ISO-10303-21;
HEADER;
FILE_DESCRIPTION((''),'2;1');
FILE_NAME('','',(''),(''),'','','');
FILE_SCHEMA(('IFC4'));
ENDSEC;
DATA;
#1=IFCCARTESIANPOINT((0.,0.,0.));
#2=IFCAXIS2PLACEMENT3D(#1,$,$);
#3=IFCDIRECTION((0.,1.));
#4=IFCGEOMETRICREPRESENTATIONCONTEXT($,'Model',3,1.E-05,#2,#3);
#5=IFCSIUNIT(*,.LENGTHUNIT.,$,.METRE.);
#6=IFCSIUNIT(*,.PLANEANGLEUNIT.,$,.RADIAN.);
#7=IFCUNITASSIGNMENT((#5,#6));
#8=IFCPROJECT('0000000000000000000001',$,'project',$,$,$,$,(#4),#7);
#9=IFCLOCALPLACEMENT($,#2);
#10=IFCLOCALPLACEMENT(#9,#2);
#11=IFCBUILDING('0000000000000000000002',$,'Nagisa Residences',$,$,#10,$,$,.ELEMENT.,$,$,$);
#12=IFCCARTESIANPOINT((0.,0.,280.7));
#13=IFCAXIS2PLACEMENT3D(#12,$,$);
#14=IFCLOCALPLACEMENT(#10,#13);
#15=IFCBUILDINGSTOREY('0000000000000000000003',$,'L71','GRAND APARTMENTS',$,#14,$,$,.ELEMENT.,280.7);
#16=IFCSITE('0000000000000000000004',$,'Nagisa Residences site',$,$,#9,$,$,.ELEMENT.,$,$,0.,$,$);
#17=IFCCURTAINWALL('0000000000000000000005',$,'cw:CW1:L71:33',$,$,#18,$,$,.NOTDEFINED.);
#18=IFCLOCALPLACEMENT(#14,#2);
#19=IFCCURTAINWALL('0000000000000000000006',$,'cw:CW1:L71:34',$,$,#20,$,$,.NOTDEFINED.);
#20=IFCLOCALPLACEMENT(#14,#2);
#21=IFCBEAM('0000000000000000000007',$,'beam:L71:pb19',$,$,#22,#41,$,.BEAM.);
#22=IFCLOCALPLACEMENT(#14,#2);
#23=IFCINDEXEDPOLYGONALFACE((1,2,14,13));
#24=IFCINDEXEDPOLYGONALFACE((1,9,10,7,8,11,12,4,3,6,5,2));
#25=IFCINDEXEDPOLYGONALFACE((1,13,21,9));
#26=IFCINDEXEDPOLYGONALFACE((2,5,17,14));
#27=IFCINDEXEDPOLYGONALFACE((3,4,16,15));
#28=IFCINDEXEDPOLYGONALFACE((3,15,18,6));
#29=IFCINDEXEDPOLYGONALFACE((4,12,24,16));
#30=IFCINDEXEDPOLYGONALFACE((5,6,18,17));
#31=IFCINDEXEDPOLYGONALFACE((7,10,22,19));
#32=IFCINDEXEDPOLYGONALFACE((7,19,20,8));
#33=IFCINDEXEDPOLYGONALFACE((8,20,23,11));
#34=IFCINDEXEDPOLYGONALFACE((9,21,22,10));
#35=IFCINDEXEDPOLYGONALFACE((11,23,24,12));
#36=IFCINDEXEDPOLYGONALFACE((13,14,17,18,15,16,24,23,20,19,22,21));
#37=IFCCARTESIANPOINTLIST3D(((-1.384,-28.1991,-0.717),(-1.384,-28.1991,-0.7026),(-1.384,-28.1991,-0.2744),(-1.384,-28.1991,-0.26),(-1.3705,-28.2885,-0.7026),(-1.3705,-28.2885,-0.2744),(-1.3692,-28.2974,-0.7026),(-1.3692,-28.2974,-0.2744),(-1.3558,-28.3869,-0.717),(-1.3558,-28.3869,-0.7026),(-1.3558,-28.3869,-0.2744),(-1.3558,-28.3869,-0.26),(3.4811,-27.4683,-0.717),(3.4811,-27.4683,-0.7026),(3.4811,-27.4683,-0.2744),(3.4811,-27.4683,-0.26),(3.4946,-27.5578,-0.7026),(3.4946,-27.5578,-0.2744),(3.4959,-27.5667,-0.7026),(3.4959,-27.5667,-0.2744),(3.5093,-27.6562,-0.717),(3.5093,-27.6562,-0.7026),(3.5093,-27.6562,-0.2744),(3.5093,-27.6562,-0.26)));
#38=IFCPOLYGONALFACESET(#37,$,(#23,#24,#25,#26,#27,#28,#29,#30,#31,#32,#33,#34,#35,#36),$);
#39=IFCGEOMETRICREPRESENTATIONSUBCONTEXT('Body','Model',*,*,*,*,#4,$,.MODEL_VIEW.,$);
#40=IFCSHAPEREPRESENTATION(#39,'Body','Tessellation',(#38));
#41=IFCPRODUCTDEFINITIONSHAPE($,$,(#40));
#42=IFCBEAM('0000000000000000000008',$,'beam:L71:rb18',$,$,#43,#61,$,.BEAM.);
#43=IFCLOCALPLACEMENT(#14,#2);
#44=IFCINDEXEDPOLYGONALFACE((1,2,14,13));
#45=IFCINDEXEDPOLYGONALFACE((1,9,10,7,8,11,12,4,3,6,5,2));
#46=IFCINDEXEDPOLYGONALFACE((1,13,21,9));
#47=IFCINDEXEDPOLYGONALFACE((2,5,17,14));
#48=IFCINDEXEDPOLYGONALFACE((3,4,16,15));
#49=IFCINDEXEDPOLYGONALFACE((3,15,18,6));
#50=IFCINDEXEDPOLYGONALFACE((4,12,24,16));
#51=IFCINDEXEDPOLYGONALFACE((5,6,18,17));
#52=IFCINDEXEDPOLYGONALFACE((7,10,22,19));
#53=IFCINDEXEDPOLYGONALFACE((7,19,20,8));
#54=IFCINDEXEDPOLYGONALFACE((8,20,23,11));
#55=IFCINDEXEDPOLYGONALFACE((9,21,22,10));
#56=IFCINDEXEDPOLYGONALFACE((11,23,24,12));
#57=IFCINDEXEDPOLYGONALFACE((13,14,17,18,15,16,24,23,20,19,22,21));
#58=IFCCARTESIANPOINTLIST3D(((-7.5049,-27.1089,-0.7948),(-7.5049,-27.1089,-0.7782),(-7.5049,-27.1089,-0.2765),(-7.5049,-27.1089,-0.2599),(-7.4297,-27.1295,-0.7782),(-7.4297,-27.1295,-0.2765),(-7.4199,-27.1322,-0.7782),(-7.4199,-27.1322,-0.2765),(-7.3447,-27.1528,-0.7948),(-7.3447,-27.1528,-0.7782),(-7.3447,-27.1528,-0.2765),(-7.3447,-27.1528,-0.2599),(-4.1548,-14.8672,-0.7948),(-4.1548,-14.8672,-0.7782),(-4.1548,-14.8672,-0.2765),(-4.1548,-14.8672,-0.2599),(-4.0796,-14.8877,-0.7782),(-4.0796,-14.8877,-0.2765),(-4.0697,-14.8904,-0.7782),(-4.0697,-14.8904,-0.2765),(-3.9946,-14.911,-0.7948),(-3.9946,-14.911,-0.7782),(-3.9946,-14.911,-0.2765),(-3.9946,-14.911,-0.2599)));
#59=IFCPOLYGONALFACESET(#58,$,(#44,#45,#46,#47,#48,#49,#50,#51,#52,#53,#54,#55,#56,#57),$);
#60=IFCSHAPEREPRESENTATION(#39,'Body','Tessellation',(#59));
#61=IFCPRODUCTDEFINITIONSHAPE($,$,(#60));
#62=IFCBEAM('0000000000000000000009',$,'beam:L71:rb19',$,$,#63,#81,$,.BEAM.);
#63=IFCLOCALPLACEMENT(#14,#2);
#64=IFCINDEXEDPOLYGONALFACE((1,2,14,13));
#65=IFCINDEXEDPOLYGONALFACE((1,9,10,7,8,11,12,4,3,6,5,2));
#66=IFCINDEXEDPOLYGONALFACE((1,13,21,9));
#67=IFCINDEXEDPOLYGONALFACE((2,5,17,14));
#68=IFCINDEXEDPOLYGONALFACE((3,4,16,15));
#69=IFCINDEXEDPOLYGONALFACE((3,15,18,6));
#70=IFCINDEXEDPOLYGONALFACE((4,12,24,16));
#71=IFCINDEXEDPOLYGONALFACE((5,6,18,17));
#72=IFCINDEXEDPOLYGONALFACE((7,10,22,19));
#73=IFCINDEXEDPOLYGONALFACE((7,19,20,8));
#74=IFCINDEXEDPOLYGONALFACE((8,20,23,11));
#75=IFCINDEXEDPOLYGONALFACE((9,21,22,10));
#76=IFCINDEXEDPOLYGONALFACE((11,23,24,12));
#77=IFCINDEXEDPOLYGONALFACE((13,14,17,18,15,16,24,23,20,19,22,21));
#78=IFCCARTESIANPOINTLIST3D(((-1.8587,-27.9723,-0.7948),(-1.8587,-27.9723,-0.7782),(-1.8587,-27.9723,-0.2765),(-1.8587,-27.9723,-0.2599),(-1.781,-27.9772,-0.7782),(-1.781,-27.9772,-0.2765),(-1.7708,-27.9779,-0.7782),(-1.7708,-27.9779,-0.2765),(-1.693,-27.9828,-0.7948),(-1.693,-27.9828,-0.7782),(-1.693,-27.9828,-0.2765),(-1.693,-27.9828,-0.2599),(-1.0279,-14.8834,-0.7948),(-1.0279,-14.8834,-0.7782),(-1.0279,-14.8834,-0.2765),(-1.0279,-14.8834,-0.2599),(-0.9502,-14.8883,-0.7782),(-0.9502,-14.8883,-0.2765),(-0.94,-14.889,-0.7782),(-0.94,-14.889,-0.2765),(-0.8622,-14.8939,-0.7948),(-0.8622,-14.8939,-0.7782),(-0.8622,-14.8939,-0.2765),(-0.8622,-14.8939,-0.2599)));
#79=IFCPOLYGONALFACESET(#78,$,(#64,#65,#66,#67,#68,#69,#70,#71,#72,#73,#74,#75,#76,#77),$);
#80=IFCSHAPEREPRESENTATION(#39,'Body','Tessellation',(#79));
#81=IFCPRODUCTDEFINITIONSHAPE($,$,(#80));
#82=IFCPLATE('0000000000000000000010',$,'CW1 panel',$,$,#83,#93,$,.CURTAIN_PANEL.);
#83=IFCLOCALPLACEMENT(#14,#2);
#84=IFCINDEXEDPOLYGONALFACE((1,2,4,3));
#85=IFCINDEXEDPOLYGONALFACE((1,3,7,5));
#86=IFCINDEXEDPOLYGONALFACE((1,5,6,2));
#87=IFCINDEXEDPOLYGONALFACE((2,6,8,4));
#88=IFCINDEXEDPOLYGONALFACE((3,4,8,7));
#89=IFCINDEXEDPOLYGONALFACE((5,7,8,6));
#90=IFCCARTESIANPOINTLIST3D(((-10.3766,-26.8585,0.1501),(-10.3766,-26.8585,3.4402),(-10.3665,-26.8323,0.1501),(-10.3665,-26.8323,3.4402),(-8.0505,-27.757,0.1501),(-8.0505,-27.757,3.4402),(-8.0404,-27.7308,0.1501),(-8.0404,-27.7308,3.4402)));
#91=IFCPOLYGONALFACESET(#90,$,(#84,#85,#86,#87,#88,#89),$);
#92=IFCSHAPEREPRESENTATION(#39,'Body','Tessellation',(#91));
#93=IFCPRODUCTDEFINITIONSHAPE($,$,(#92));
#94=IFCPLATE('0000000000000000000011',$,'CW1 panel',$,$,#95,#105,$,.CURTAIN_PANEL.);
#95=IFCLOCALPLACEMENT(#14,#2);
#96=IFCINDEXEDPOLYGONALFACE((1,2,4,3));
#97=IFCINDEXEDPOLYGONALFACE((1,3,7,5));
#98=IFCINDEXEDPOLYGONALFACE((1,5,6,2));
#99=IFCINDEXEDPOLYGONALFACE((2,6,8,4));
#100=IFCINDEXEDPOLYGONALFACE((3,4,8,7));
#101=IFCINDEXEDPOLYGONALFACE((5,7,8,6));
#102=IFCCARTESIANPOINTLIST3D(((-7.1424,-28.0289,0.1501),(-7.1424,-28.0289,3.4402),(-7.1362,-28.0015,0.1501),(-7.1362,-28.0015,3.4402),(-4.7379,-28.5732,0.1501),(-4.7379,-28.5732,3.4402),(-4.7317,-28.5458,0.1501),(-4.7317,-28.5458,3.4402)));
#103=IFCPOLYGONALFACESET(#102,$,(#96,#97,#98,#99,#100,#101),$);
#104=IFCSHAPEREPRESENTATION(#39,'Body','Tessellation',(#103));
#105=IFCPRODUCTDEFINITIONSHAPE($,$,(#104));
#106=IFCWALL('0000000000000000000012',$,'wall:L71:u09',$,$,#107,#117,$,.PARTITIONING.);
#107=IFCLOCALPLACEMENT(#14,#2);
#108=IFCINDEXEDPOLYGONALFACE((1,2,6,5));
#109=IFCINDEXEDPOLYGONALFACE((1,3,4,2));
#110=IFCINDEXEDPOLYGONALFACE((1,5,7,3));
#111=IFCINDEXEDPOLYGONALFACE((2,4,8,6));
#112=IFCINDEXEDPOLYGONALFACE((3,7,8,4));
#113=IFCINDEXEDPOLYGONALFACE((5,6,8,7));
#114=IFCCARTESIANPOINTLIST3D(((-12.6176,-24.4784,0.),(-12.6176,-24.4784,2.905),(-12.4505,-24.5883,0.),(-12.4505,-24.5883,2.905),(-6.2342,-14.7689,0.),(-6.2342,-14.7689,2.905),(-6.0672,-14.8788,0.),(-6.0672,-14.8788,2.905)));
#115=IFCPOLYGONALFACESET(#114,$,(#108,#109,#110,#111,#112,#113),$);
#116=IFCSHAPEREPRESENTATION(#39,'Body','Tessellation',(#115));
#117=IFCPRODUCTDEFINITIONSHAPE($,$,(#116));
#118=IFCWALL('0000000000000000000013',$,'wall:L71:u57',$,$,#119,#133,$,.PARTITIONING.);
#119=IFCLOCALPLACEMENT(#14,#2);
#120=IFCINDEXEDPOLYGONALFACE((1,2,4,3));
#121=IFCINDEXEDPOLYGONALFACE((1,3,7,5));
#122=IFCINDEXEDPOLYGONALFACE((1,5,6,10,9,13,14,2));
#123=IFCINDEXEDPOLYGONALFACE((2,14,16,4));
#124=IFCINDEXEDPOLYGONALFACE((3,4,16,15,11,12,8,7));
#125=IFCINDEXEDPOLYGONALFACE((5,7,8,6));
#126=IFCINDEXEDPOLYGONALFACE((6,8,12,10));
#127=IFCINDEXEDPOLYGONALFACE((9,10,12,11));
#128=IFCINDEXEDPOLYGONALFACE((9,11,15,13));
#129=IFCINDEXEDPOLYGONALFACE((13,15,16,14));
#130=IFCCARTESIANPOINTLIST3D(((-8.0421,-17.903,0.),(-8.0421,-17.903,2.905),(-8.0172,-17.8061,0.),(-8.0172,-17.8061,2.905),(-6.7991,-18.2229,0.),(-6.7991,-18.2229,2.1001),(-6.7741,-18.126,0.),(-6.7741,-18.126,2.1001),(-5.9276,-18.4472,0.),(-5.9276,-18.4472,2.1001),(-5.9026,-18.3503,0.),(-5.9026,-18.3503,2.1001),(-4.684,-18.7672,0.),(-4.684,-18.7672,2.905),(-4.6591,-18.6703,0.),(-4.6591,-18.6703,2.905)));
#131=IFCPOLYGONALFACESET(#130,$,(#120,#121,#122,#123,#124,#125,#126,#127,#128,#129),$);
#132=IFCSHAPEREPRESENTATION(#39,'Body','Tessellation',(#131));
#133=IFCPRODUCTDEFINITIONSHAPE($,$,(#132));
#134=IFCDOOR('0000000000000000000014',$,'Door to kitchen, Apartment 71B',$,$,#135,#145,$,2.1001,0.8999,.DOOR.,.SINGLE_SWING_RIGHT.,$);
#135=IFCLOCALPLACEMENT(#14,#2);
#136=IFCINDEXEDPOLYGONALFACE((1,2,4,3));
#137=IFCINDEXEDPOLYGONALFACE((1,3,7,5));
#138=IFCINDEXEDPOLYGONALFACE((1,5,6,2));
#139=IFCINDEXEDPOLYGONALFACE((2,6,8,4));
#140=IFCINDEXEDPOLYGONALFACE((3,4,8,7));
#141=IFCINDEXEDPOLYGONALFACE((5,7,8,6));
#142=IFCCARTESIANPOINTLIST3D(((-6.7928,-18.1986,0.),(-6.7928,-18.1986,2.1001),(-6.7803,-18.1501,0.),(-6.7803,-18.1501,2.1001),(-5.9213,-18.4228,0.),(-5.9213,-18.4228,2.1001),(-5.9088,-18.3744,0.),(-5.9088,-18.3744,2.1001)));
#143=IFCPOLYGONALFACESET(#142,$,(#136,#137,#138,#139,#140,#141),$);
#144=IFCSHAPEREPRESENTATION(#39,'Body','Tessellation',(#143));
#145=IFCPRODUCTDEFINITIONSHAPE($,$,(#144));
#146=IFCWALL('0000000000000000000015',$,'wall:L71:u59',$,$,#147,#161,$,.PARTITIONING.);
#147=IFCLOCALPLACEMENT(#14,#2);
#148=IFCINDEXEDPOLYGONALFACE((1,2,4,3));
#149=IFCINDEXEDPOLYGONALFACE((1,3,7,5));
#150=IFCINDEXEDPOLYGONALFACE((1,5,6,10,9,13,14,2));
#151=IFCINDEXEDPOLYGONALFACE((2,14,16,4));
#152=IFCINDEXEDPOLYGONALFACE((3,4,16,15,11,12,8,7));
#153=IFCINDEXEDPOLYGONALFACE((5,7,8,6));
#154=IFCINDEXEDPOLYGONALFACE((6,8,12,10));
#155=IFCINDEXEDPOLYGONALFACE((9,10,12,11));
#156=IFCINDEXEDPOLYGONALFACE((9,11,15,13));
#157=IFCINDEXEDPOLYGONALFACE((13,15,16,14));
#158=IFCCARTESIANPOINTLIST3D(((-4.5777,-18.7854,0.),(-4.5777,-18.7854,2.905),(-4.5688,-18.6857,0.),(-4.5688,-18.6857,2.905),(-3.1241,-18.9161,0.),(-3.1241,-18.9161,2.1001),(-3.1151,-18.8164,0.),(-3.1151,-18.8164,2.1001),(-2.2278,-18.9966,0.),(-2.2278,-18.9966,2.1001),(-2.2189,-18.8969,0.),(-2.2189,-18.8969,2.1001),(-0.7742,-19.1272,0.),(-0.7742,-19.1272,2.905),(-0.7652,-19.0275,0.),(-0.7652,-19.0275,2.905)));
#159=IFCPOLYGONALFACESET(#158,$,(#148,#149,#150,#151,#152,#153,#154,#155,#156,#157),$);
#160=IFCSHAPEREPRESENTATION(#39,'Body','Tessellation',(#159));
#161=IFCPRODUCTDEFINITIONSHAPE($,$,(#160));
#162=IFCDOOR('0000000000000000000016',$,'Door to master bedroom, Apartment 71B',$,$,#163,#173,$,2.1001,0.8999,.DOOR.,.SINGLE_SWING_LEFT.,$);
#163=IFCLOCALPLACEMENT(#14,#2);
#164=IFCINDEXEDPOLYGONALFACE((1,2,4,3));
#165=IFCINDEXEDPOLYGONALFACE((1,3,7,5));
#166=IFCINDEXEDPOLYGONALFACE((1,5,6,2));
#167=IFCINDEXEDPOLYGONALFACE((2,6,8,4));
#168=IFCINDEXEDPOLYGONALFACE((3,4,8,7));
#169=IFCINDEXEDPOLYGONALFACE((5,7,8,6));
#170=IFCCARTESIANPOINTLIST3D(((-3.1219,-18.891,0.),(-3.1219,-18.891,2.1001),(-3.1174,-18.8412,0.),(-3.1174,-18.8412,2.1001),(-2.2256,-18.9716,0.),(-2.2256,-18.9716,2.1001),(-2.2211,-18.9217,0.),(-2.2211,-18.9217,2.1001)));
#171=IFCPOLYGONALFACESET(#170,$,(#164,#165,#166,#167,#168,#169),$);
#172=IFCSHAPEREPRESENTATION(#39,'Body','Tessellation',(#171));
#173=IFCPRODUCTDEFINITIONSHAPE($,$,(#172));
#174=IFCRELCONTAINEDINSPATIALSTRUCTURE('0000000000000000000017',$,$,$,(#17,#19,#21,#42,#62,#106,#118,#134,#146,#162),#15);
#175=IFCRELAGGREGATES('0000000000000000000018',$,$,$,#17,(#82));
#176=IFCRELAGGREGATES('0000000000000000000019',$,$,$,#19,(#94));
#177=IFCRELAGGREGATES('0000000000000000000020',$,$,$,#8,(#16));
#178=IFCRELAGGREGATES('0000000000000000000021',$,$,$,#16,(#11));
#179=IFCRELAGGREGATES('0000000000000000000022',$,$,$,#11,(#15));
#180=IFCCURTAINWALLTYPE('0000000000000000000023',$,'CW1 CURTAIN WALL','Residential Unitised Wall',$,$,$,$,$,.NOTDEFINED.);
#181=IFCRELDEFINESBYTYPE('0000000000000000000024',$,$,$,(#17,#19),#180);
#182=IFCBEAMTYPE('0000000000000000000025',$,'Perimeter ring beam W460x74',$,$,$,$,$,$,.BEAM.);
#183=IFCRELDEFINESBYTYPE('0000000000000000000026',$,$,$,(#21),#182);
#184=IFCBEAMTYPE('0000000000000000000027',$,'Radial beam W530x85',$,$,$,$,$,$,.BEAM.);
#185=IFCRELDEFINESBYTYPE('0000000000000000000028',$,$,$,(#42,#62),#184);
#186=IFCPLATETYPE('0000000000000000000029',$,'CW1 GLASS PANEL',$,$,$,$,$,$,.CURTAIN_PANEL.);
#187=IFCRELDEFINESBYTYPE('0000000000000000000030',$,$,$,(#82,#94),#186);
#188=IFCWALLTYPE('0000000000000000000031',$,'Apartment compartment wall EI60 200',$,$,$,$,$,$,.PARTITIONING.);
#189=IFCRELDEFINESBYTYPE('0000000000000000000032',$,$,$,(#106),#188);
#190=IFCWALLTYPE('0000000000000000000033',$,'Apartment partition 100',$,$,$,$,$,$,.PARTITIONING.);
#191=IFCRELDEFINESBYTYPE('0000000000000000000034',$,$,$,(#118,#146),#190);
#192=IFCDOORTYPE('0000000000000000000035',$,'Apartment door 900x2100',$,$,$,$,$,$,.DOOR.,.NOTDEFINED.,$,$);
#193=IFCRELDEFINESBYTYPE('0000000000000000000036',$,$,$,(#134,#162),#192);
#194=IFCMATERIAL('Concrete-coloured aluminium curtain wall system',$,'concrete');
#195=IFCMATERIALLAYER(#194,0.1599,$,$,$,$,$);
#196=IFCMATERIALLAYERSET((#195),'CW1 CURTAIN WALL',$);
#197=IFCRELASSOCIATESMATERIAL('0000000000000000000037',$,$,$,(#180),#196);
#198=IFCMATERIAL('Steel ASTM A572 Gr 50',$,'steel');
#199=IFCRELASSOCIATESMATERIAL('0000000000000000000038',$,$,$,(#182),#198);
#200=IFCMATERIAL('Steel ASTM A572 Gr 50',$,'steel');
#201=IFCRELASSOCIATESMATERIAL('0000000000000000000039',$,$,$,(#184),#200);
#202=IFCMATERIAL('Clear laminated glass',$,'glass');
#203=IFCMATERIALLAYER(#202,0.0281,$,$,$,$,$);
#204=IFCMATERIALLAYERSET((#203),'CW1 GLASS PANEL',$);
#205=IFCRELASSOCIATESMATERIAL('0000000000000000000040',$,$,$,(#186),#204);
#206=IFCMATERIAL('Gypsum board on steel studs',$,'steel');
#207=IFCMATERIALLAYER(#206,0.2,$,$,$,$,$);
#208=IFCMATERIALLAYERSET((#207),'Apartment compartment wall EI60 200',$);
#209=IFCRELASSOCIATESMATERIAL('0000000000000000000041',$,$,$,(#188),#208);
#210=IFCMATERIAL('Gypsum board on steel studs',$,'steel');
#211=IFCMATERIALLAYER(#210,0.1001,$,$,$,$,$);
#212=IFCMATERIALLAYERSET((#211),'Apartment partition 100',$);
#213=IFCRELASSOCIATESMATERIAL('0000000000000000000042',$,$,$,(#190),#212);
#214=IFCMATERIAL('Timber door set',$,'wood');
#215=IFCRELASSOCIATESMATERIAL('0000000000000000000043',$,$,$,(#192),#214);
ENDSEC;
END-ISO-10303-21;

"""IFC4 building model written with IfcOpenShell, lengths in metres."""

from ifc_helpers import new_model, si_unit, direction, frame, frame_2d, origin, origin_2d, place, context, subcontext, project, spatial, rectangle, i_section, extrude, material, layer, layer_set, material_profile, profile_set, type_object, element, fill, aggregate, save


model = new_model("IFC4")

# Units and contexts
model_context = context("Model", 3, precision=1e-05, world=origin(), true_north=direction((0.0, 1.0)))
body_context = subcontext(model_context, "Body", "Model", "MODEL_VIEW")
ifc_project = project(units=[si_unit("LENGTHUNIT", "METRE"), si_unit("PLANEANGLEUNIT", "RADIAN")], contexts=[model_context])

# Site, building, storey
site_placement = place(None, origin())
site = spatial("IfcSite", under=ifc_project, at=site_placement, Name="Nagisa Residences site", CompositionType="ELEMENT", RefElevation=0.0)
building_placement = place(site_placement, origin())
building = spatial("IfcBuilding", under=site, at=building_placement, Name="Nagisa Residences", CompositionType="ELEMENT")
storey_placement = place(building_placement, frame((0.0, 0.0, 280.7)))
storey = spatial("IfcBuildingStorey", under=building, at=storey_placement, Name="L71", Description="GRAND APARTMENTS", CompositionType="ELEMENT", Elevation=280.7)

# Curtain walls
ifc_material_1 = material(Name="Concrete-coloured aluminium curtain wall system", Category="concrete")
ifc_layer_1 = layer(ifc_material_1, 0.1599)
ifc_layer_set_1 = layer_set([ifc_layer_1], Name="CW1 CURTAIN WALL")
curtain_wall_type = type_object("IfcCurtainWallType", Name="CW1 CURTAIN WALL", Description="Residential Unitised Wall", PredefinedType="NOTDEFINED", material=ifc_layer_set_1)
curtain_wall_1_placement = place(storey_placement, origin())
curtain_wall_1 = element("IfcCurtainWall", 1, at=curtain_wall_1_placement, inside=storey, type_object=curtain_wall_type, Name="cw:CW1:L71:33", PredefinedType="NOTDEFINED")
curtain_wall_2_placement = place(storey_placement, origin())
curtain_wall_2 = element("IfcCurtainWall", 2, at=curtain_wall_2_placement, inside=storey, type_object=curtain_wall_type, Name="cw:CW1:L71:34", PredefinedType="NOTDEFINED")

# Beams
ifc_material_2 = material(Name="Steel ASTM A572 Gr 50", Category="steel")
ifc_material_profile_1 = material_profile(ifc_material_2, i_section(OverallWidth=0.1899, OverallDepth=0.457, WebThickness=0.009, FlangeThickness=0.0144, at=origin_2d()), Name="W460x74")
ifc_profile_set_1 = profile_set([ifc_material_profile_1], Name="Steel ASTM A572 Gr 50")
beam_type_1 = type_object("IfcBeamType", Name="Perimeter ring beam W460x74", PredefinedType="BEAM", material=ifc_profile_set_1)
beam_1_placement = place(storey_placement, frame((-1.3699, -28.293, -0.4885), z_axis=(0.988908, 0.148532, 0.0), x_axis=(-0.148532, 0.988908, 0.0)))
element("IfcBeam", 3, at=beam_1_placement, inside=storey, type_object=beam_type_1, Name="beam:L71:pb19", PredefinedType="BEAM", context=body_context, shape_type="SweptSolid", body=[
    extrude(i_section(OverallWidth=0.1899, OverallDepth=0.457, WebThickness=0.009, FlangeThickness=0.0144, at=origin_2d()), origin(), (0.0, 0.0, 1.0), 4.9197),
])
ifc_material_3 = material(Name="Steel ASTM A572 Gr 50", Category="steel")
ifc_material_profile_2 = material_profile(ifc_material_3, i_section(OverallWidth=0.166, OverallDepth=0.5349, WebThickness=0.0103, FlangeThickness=0.0166, at=origin_2d()), Name="W530x85")
ifc_profile_set_2 = profile_set([ifc_material_profile_2], Name="Steel ASTM A572 Gr 50")
beam_type_2 = type_object("IfcBeamType", Name="Radial beam W530x85", PredefinedType="BEAM", material=ifc_profile_set_2)
beam_2_placement = place(storey_placement, frame((-7.4248, -27.1309, -0.5273), z_axis=(0.263957, 0.964534, 0.0), x_axis=(-0.964534, 0.263957, 0.0)))
element("IfcBeam", 4, at=beam_2_placement, inside=storey, type_object=beam_type_2, Name="beam:L71:rb18", PredefinedType="BEAM", context=body_context, shape_type="SweptSolid", body=[
    extrude(i_section(OverallWidth=0.166, OverallDepth=0.5349, WebThickness=0.0103, FlangeThickness=0.0166, at=origin_2d()), origin(), (0.0, 0.0, 1.0), 12.6919),
])
beam_3_placement = place(storey_placement, frame((-1.7759, -27.9775, -0.5273), z_axis=(0.063347, 0.997992, 0.0), x_axis=(-0.997992, 0.063347, 0.0)))
element("IfcBeam", 5, at=beam_3_placement, inside=storey, type_object=beam_type_2, Name="beam:L71:rb19", PredefinedType="BEAM", context=body_context, shape_type="SweptSolid", body=[
    extrude(i_section(OverallWidth=0.166, OverallDepth=0.5349, WebThickness=0.0103, FlangeThickness=0.0166, at=origin_2d()), origin(), (0.0, 0.0, 1.0), 13.1152),
])

# Plates
ifc_material_4 = material(Name="Clear laminated glass", Category="glass")
ifc_layer_2 = layer(ifc_material_4, 0.0281)
ifc_layer_set_2 = layer_set([ifc_layer_2], Name="CW1 GLASS PANEL")
plate_type = type_object("IfcPlateType", Name="CW1 GLASS PANEL", PredefinedType="CURTAIN_PANEL", material=ifc_layer_set_2)
plate_1_placement = place(storey_placement, frame((-9.2085, -27.2947, 0.1501), z_axis=(0.0, 0.0, 1.0), x_axis=(0.932826, -0.360328, 0.0)))
plate_1 = element("IfcPlate", 6, at=plate_1_placement, type_object=plate_type, Name="CW1 panel", PredefinedType="CURTAIN_PANEL", context=body_context, shape_type="SweptSolid", body=[
    extrude(rectangle(XDim=2.4937, YDim=0.0281, at=origin_2d()), origin(), (0.0, 0.0, 1.0), 3.29),
])
aggregate(curtain_wall_1, [plate_1])
plate_2_placement = place(storey_placement, frame((-5.937, -28.2874, 0.1501), z_axis=(0.0, 0.0, 1.0), x_axis=(0.975327, -0.220764, 0.0)))
plate_2 = element("IfcPlate", 7, at=plate_2_placement, type_object=plate_type, Name="CW1 panel", PredefinedType="CURTAIN_PANEL", context=body_context, shape_type="SweptSolid", body=[
    extrude(rectangle(XDim=2.4653, YDim=0.0281, at=origin_2d()), origin(), (0.0, 0.0, 1.0), 3.29),
])
aggregate(curtain_wall_2, [plate_2])

# Wall
ifc_material_5 = material(Name="Gypsum board on steel studs", Category="steel")
ifc_layer_3 = layer(ifc_material_5, 0.2)
ifc_layer_set_3 = layer_set([ifc_layer_3], Name="Apartment compartment wall EI60 200")
wall_type_1 = type_object("IfcWallType", Name="Apartment compartment wall EI60 200", PredefinedType="PARTITIONING", material=ifc_layer_set_3)
wall_1_placement = place(storey_placement, frame((-6.1506, -14.8237, 0.0), z_axis=(0.0, 0.0, 1.0), x_axis=(-0.549346, -0.835595, 0.0)))
element("IfcWall", 8, at=wall_1_placement, inside=storey, type_object=wall_type_1, Name="wall:L71:u09", PredefinedType="PARTITIONING", context=body_context, shape_type="SweptSolid", body=[
    extrude(rectangle(XDim=11.6199, YDim=0.2, at=frame_2d((5.8101, 0.0))), origin(), (0.0, 0.0, 1.0), 2.905),
])

# Walls, openings, doors
ifc_material_6 = material(Name="Gypsum board on steel studs", Category="steel")
ifc_layer_4 = layer(ifc_material_6, 0.1001)
ifc_layer_set_4 = layer_set([ifc_layer_4], Name="Apartment partition 100")
wall_type_2 = type_object("IfcWallType", Name="Apartment partition 100", PredefinedType="PARTITIONING", material=ifc_layer_set_4)
wall_2_placement = place(storey_placement, frame((-8.0298, -17.8545, 0.0), z_axis=(0.0, 0.0, 1.0), x_axis=(0.968442, -0.249239, 0.0)))
wall_2 = element("IfcWall", 9, at=wall_2_placement, inside=storey, type_object=wall_type_2, Name="wall:L71:u57", PredefinedType="PARTITIONING", context=body_context, shape_type="SweptSolid", body=[
    extrude(rectangle(XDim=3.4675, YDim=0.1001, at=frame_2d((1.7339, 0.0))), origin(), (0.0, 0.0, 1.0), 2.905),
])
opening_1_placement = place(wall_2_placement, frame((1.2837, 0.0, 0.0)))
opening_1 = element("IfcOpeningElement", 10, at=opening_1_placement, cuts=wall_2, PredefinedType="OPENING", context=body_context, shape_type="SweptSolid", body=[
    extrude(rectangle(XDim=0.8999, YDim=2.1001, at=frame_2d((0.45, 1.05))), frame((0.0, 0.0601, 0.0), z_axis=(0.0, -1.0, 0.0), x_axis=(1.0, 0.0, 0.0)), (0.0, 0.0, 1.0), 0.1201),
])
ifc_material_7 = material(Name="Timber door set", Category="wood")
door_type_1 = type_object("IfcDoorType", Name="Apartment door 900x2100", OperationType="NOTDEFINED", PredefinedType="DOOR", material=ifc_material_7)
door_1_placement = place(opening_1_placement, frame((0.8999, 0.0, 0.0), x_axis=(-1.0, 0.0, 0.0)))
door_1 = element("IfcDoor", 11, at=door_1_placement, inside=storey, type_object=door_type_1, Name="Door to kitchen, Apartment 71B", OperationType="SINGLE_SWING_RIGHT", OverallHeight=2.1001, OverallWidth=0.8999, PredefinedType="DOOR", context=body_context, shape_type="SweptSolid", body=[
    extrude(rectangle(XDim=0.8999, YDim=2.1001, at=frame_2d((0.45, 1.05))), frame((0.0, 0.0249, 0.0), z_axis=(0.0, -1.0, 0.0), x_axis=(1.0, 0.0, 0.0)), (0.0, 0.0, 1.0), 0.05),
])
fill(opening_1, door_1)
wall_3_placement = place(storey_placement, frame((-4.5732, -18.7356, 0.0), z_axis=(0.0, 0.0, 1.0), x_axis=(0.995986, -0.089504, 0.0)))
wall_3 = element("IfcWall", 12, at=wall_3_placement, inside=storey, type_object=wall_type_2, Name="wall:L71:u59", PredefinedType="PARTITIONING", context=body_context, shape_type="SweptSolid", body=[
    extrude(rectangle(XDim=3.8188, YDim=0.1001, at=frame_2d((1.9094, 0.0))), origin(), (0.0, 0.0, 1.0), 2.905),
])
opening_2_placement = place(wall_3_placement, frame((1.4595, 0.0, 0.0)))
opening_2 = element("IfcOpeningElement", 13, at=opening_2_placement, cuts=wall_3, PredefinedType="OPENING", context=body_context, shape_type="SweptSolid", body=[
    extrude(rectangle(XDim=0.8999, YDim=2.1001, at=frame_2d((0.45, 1.05))), frame((0.0, 0.0601, 0.0), z_axis=(0.0, -1.0, 0.0), x_axis=(1.0, 0.0, 0.0)), (0.0, 0.0, 1.0), 0.1201),
])
door_2_placement = place(opening_2_placement, frame((0.8999, 0.0, 0.0), x_axis=(-1.0, 0.0, 0.0)))
door_2 = element("IfcDoor", 14, at=door_2_placement, inside=storey, type_object=door_type_1, Name="Door to master bedroom, Apartment 71B", OperationType="SINGLE_SWING_LEFT", OverallHeight=2.1001, OverallWidth=0.8999, PredefinedType="DOOR", context=body_context, shape_type="SweptSolid", body=[
    extrude(rectangle(XDim=0.8999, YDim=2.1001, at=frame_2d((0.45, 1.05))), frame((0.0, 0.0249, 0.0), z_axis=(0.0, -1.0, 0.0), x_axis=(1.0, 0.0, 0.0)), (0.0, 0.0, 1.0), 0.05),
])
fill(opening_2, door_2)

save(model, "model.ifc")
